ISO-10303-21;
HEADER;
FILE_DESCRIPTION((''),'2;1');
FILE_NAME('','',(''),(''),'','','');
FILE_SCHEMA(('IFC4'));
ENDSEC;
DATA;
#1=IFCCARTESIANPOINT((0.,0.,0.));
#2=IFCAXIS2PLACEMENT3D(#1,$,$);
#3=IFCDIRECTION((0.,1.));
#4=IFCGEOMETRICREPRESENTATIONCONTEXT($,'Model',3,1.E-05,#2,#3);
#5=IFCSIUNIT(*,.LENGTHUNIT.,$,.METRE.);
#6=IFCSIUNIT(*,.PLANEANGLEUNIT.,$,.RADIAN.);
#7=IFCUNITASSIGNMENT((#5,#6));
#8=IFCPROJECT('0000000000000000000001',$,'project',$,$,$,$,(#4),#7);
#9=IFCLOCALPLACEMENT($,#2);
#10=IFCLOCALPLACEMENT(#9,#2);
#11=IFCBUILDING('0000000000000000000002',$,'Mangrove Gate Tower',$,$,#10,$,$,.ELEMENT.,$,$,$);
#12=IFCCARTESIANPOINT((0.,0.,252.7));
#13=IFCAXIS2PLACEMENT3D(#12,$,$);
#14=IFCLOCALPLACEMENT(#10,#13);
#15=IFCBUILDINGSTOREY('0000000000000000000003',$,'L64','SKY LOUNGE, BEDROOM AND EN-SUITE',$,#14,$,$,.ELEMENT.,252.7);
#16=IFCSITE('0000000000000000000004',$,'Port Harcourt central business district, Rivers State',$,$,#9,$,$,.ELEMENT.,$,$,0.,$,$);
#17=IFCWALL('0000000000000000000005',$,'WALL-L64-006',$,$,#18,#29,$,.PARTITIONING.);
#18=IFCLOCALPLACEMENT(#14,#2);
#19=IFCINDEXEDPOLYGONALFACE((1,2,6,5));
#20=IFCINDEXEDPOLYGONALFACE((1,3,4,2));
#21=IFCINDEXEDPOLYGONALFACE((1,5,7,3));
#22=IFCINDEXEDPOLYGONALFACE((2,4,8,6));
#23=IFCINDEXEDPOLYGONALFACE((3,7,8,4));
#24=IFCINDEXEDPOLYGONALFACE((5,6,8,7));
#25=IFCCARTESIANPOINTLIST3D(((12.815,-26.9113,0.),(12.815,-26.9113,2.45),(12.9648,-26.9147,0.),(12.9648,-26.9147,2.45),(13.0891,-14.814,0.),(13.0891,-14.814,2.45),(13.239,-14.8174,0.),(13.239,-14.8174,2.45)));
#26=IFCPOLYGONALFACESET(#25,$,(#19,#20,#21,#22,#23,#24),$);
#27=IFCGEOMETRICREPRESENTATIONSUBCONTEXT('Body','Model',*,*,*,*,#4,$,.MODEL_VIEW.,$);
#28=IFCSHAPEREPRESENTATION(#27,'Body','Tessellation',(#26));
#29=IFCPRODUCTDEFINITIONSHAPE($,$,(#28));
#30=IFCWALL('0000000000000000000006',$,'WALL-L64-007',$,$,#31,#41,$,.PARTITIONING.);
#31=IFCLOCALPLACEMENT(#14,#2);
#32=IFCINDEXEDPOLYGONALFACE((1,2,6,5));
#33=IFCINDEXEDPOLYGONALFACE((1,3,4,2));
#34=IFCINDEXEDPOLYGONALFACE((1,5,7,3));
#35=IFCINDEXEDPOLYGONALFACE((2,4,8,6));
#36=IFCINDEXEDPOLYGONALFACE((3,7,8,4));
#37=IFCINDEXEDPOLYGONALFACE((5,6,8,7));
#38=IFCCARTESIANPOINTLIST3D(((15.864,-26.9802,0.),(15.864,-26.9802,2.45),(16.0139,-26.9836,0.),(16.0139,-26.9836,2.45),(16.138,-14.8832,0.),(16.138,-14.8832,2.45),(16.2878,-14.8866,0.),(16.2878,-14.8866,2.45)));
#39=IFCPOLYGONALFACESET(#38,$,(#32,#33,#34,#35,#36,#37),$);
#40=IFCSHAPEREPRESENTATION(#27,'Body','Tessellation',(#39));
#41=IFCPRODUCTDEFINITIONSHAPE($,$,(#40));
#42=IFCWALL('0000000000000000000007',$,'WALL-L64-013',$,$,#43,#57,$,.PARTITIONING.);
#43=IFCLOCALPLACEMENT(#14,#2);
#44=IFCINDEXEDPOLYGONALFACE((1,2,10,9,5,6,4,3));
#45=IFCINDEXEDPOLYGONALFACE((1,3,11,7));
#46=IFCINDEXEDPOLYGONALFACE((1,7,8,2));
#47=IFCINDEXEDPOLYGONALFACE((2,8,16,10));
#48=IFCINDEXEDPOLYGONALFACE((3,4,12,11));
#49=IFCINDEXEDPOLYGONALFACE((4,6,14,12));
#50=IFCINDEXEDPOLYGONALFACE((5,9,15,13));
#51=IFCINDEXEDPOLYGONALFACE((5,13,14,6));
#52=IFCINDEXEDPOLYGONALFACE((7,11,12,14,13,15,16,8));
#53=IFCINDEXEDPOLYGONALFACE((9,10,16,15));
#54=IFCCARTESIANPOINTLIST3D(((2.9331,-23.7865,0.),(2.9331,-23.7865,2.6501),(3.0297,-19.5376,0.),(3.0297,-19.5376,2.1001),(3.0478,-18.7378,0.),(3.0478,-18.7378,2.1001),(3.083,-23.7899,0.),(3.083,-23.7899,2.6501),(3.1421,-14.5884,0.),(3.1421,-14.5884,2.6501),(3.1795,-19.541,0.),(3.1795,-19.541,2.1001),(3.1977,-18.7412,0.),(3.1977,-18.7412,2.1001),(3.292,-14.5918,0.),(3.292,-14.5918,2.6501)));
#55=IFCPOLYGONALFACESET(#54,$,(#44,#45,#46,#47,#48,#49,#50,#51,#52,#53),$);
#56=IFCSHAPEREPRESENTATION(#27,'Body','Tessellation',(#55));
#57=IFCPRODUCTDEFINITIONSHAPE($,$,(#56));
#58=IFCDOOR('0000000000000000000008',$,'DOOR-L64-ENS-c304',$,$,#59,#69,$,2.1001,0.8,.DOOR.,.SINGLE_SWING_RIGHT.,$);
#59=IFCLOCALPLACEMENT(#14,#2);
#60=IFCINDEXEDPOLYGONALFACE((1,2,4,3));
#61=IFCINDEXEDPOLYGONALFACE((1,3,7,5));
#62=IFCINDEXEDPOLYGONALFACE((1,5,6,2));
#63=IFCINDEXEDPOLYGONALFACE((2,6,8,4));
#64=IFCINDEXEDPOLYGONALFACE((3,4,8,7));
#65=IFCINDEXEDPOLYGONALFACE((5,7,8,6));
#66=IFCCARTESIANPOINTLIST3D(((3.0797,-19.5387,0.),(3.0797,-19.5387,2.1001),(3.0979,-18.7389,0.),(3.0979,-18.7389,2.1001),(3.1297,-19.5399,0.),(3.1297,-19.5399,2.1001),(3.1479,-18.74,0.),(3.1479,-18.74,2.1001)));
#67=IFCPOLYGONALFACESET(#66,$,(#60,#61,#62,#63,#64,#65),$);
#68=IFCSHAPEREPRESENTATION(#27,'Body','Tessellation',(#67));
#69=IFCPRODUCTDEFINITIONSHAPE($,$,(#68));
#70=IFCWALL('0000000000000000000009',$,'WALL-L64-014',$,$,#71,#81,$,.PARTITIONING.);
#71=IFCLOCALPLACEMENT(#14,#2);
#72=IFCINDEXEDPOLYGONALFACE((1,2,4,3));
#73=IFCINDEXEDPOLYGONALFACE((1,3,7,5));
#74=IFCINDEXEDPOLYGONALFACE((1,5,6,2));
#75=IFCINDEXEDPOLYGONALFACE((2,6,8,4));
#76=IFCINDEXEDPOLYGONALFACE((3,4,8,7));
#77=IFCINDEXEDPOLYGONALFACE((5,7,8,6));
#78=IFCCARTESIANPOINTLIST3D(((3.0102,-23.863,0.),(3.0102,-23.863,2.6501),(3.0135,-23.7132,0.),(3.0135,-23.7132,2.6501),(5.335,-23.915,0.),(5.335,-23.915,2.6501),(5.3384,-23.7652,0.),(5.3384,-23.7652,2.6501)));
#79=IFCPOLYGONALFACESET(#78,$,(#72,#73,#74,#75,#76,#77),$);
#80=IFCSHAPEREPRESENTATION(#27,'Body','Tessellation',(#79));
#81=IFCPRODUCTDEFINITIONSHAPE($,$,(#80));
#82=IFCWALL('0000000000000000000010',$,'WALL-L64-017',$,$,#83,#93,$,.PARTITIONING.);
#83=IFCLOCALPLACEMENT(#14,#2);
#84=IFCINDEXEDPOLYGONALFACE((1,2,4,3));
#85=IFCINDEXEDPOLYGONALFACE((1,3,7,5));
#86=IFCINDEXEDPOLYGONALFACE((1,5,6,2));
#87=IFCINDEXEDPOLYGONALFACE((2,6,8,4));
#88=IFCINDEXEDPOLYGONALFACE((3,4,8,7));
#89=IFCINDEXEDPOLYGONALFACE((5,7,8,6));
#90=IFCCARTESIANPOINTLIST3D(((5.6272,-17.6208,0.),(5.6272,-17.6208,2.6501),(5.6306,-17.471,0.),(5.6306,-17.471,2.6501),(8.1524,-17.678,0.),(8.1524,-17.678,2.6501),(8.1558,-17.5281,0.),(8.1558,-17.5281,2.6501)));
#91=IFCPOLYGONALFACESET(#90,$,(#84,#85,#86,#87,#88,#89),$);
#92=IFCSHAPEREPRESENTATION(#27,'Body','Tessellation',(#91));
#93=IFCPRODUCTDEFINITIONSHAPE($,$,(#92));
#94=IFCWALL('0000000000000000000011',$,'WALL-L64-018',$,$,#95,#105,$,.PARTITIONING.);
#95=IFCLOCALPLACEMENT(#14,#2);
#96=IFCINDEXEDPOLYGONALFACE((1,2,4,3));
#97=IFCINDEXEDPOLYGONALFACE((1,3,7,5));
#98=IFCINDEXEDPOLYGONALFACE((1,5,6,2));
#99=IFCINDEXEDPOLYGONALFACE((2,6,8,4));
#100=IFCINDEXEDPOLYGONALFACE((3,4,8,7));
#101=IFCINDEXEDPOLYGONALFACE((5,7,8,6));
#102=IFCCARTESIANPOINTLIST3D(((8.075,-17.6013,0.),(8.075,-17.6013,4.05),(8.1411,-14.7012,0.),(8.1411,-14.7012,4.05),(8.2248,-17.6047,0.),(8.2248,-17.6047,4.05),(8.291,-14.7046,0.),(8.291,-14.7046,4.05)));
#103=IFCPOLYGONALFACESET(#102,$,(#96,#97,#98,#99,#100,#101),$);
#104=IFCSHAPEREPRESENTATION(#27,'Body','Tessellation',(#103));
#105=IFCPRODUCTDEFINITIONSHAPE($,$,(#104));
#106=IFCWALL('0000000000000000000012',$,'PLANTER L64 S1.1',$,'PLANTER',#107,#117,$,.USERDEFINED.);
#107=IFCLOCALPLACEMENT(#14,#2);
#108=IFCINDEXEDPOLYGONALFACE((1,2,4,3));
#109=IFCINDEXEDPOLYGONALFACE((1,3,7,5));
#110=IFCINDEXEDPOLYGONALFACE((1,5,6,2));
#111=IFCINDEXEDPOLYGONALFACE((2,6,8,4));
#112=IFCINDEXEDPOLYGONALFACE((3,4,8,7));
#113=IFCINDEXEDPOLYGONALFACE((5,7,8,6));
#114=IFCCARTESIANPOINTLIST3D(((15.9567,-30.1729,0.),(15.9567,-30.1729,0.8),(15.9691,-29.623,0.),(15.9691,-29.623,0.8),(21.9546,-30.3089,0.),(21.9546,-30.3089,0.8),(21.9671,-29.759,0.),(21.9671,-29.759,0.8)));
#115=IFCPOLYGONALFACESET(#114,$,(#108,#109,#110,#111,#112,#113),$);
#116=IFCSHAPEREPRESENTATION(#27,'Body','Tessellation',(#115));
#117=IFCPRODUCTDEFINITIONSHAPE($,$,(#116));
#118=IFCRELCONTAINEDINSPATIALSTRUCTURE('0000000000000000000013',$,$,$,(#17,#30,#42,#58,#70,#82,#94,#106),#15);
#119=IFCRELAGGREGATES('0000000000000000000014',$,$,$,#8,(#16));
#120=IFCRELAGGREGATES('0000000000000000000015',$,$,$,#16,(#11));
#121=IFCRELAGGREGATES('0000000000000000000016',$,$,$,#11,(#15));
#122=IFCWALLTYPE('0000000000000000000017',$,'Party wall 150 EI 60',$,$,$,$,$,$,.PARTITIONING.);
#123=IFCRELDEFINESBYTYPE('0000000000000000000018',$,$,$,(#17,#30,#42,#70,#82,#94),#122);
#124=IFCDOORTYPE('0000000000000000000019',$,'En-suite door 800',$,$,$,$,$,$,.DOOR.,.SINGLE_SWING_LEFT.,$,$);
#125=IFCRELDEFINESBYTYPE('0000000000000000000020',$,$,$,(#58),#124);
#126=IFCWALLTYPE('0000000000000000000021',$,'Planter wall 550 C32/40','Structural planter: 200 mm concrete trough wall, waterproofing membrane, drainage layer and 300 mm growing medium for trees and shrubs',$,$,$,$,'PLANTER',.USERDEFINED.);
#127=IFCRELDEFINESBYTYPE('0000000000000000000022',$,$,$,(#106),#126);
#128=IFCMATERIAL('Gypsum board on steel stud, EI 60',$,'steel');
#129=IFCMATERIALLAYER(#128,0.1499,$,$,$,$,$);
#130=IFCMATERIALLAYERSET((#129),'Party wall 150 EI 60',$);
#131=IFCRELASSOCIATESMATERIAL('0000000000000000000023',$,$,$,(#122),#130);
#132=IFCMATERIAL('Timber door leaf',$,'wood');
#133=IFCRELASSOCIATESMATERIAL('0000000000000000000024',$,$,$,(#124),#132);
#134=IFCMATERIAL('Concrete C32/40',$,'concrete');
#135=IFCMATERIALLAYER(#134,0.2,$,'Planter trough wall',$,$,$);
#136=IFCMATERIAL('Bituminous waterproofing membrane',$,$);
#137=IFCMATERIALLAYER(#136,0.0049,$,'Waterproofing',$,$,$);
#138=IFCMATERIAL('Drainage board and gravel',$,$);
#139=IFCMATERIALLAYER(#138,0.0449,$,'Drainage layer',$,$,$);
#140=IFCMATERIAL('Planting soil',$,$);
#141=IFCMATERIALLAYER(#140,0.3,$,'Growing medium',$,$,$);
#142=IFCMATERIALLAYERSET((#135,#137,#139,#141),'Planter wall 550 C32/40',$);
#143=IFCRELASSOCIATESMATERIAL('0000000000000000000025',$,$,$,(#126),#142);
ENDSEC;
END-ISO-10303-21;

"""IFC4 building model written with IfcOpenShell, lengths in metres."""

from ifc_helpers import new_model, si_unit, direction, frame, frame_2d, origin, place, context, subcontext, project, spatial, rectangle, extrude, material, layer, layer_set, type_object, element, fill, save


model = new_model("IFC4")

# Units and contexts
model_context = context("Model", 3, precision=1e-05, world=origin(), true_north=direction((0.0, 1.0)))
body_context = subcontext(model_context, "Body", "Model", "MODEL_VIEW")
ifc_project = project(units=[si_unit("LENGTHUNIT", "METRE"), si_unit("PLANEANGLEUNIT", "RADIAN")], contexts=[model_context])

# Site, building, storey
site_placement = place(None, origin())
site = spatial("IfcSite", under=ifc_project, at=site_placement, Name="Port Harcourt central business district, Rivers State", CompositionType="ELEMENT", RefElevation=0.0)
building_placement = place(site_placement, origin())
building = spatial("IfcBuilding", under=site, at=building_placement, Name="Mangrove Gate Tower", CompositionType="ELEMENT")
storey_placement = place(building_placement, frame((0.0, 0.0, 252.7)))
storey = spatial("IfcBuildingStorey", under=building, at=storey_placement, Name="L64", Description="SKY LOUNGE, BEDROOM AND EN-SUITE", CompositionType="ELEMENT", Elevation=252.7)

# Walls
ifc_material_1 = material(Name="Gypsum board on steel stud, EI 60", Category="steel")
ifc_layer_1 = layer(ifc_material_1, 0.1499)
ifc_layer_set_1 = layer_set([ifc_layer_1], Name="Party wall 150 EI 60")
wall_type_1 = type_object("IfcWallType", Name="Party wall 150 EI 60", PredefinedType="PARTITIONING", material=ifc_layer_set_1)
wall_1_placement = place(storey_placement, frame((12.8899, -26.9131, 0.0), z_axis=(0.0, 0.0, 1.0), x_axis=(0.022658, 0.999743, 0.0)))
element("IfcWall", 1, at=wall_1_placement, inside=storey, type_object=wall_type_1, Name="WALL-L64-006", PredefinedType="PARTITIONING", context=body_context, shape_type="SweptSolid", body=[
    extrude(rectangle(XDim=12.1003, YDim=0.1499, at=frame_2d((6.0503, 0.0))), origin(), (0.0, 0.0, 1.0), 2.45),
])
wall_2_placement = place(storey_placement, frame((15.939, -26.9819, 0.0), z_axis=(0.0, 0.0, 1.0), x_axis=(0.022638, 0.999744, 0.0)))
element("IfcWall", 2, at=wall_2_placement, inside=storey, type_object=wall_type_1, Name="WALL-L64-007", PredefinedType="PARTITIONING", context=body_context, shape_type="SweptSolid", body=[
    extrude(rectangle(XDim=12.1001, YDim=0.1499, at=frame_2d((6.05, 0.0))), origin(), (0.0, 0.0, 1.0), 2.45),
])

# Wall, opening, door
wall_3_placement = place(storey_placement, frame((3.0081, -23.7881, 0.0), z_axis=(0.0, 0.0, 1.0), x_axis=(0.022715, 0.999742, 0.0)))
wall_3 = element("IfcWall", 3, at=wall_3_placement, inside=storey, type_object=wall_type_1, Name="WALL-L64-013", PredefinedType="PARTITIONING", context=body_context, shape_type="SweptSolid", body=[
    extrude(rectangle(XDim=9.2004, YDim=0.1499, at=frame_2d((4.6001, 0.0))), origin(), (0.0, 0.0, 1.0), 2.6501),
])
opening_placement = place(wall_3_placement, frame((4.25, 0.0, 0.0)))
opening = element("IfcOpeningElement", 4, at=opening_placement, cuts=wall_3, PredefinedType="OPENING", context=body_context, shape_type="SweptSolid", body=[
    extrude(rectangle(XDim=0.8, YDim=2.1001, at=frame_2d((0.3999, 1.05))), frame((0.0, 0.085, 0.0), z_axis=(0.0, -1.0, 0.0), x_axis=(1.0, 0.0, 0.0)), (0.0, 0.0, 1.0), 0.1699),
])
ifc_material_2 = material(Name="Timber door leaf", Category="wood")
door_type = type_object("IfcDoorType", Name="En-suite door 800", OperationType="SINGLE_SWING_LEFT", PredefinedType="DOOR", material=ifc_material_2)
door_placement = place(opening_placement, origin())
door = element("IfcDoor", 5, at=door_placement, inside=storey, type_object=door_type, Name="DOOR-L64-ENS-c304", OperationType="SINGLE_SWING_RIGHT", OverallHeight=2.1001, OverallWidth=0.8, PredefinedType="DOOR", context=body_context, shape_type="SweptSolid", body=[
    extrude(rectangle(XDim=0.8, YDim=2.1001, at=frame_2d((0.3999, 1.05))), frame((0.0, 0.0249, 0.0), z_axis=(0.0, -1.0, 0.0), x_axis=(1.0, 0.0, 0.0)), (0.0, 0.0, 1.0), 0.05),
])
fill(opening, door)

# Walls
wall_4_placement = place(storey_placement, frame((3.012, -23.7881, 0.0), z_axis=(0.0, 0.0, 1.0), x_axis=(0.99975, -0.022361, 0.0)))
element("IfcWall", 6, at=wall_4_placement, inside=storey, type_object=wall_type_1, Name="WALL-L64-014", PredefinedType="PARTITIONING", context=body_context, shape_type="SweptSolid", body=[
    extrude(rectangle(XDim=2.3254, YDim=0.1499, at=frame_2d((1.1626, 0.0))), origin(), (0.0, 0.0, 1.0), 2.6501),
])
wall_5_placement = place(storey_placement, frame((5.6289, -17.5459, 0.0), z_axis=(0.0, 0.0, 1.0), x_axis=(0.999744, -0.022618, 0.0)))
element("IfcWall", 7, at=wall_5_placement, inside=storey, type_object=wall_type_1, Name="WALL-L64-017", PredefinedType="PARTITIONING", context=body_context, shape_type="SweptSolid", body=[
    extrude(rectangle(XDim=2.5259, YDim=0.1499, at=frame_2d((1.2629, 0.0))), origin(), (0.0, 0.0, 1.0), 2.6501),
])
wall_6_placement = place(storey_placement, frame((8.1499, -17.603, 0.0), z_axis=(0.0, 0.0, 1.0), x_axis=(0.022807, 0.99974, 0.0)))
element("IfcWall", 8, at=wall_6_placement, inside=storey, type_object=wall_type_1, Name="WALL-L64-018", PredefinedType="PARTITIONING", context=body_context, shape_type="SweptSolid", body=[
    extrude(rectangle(XDim=2.9009, YDim=0.1499, at=frame_2d((1.4504, 0.0))), origin(), (0.0, 0.0, 1.0), 4.05),
])
ifc_material_3 = material(Name="Concrete C32/40", Category="concrete")
ifc_layer_2 = layer(ifc_material_3, 0.2, Name="Planter trough wall")
ifc_material_4 = material(Name="Bituminous waterproofing membrane")
ifc_layer_3 = layer(ifc_material_4, 0.0049, Name="Waterproofing")
ifc_material_5 = material(Name="Drainage board and gravel")
ifc_layer_4 = layer(ifc_material_5, 0.0449, Name="Drainage layer")
ifc_material_6 = material(Name="Planting soil")
ifc_layer_5 = layer(ifc_material_6, 0.3, Name="Growing medium")
ifc_layer_set_2 = layer_set([ifc_layer_2, ifc_layer_3, ifc_layer_4, ifc_layer_5], Name="Planter wall 550 C32/40")
wall_type_2 = type_object("IfcWallType", Name="Planter wall 550 C32/40", Description="Structural planter: 200 mm concrete trough wall, waterproofing membrane, drainage layer and 300 mm growing medium for trees and shrubs", ElementType="PLANTER", PredefinedType="USERDEFINED", material=ifc_layer_set_2)
wall_7_placement = place(storey_placement, frame((15.9629, -29.8979, 0.0), z_axis=(0.0, 0.0, 1.0), x_axis=(0.999743, -0.022666, 0.0)))
element("IfcWall", 9, at=wall_7_placement, inside=storey, type_object=wall_type_2, Name="PLANTER L64 S1.1", ObjectType="PLANTER", PredefinedType="USERDEFINED", context=body_context, shape_type="SweptSolid", body=[
    extrude(rectangle(XDim=5.9995, YDim=0.55, at=frame_2d((2.9998, 0.0))), origin(), (0.0, 0.0, 1.0), 0.8),
])

save(model, "model.ifc")
